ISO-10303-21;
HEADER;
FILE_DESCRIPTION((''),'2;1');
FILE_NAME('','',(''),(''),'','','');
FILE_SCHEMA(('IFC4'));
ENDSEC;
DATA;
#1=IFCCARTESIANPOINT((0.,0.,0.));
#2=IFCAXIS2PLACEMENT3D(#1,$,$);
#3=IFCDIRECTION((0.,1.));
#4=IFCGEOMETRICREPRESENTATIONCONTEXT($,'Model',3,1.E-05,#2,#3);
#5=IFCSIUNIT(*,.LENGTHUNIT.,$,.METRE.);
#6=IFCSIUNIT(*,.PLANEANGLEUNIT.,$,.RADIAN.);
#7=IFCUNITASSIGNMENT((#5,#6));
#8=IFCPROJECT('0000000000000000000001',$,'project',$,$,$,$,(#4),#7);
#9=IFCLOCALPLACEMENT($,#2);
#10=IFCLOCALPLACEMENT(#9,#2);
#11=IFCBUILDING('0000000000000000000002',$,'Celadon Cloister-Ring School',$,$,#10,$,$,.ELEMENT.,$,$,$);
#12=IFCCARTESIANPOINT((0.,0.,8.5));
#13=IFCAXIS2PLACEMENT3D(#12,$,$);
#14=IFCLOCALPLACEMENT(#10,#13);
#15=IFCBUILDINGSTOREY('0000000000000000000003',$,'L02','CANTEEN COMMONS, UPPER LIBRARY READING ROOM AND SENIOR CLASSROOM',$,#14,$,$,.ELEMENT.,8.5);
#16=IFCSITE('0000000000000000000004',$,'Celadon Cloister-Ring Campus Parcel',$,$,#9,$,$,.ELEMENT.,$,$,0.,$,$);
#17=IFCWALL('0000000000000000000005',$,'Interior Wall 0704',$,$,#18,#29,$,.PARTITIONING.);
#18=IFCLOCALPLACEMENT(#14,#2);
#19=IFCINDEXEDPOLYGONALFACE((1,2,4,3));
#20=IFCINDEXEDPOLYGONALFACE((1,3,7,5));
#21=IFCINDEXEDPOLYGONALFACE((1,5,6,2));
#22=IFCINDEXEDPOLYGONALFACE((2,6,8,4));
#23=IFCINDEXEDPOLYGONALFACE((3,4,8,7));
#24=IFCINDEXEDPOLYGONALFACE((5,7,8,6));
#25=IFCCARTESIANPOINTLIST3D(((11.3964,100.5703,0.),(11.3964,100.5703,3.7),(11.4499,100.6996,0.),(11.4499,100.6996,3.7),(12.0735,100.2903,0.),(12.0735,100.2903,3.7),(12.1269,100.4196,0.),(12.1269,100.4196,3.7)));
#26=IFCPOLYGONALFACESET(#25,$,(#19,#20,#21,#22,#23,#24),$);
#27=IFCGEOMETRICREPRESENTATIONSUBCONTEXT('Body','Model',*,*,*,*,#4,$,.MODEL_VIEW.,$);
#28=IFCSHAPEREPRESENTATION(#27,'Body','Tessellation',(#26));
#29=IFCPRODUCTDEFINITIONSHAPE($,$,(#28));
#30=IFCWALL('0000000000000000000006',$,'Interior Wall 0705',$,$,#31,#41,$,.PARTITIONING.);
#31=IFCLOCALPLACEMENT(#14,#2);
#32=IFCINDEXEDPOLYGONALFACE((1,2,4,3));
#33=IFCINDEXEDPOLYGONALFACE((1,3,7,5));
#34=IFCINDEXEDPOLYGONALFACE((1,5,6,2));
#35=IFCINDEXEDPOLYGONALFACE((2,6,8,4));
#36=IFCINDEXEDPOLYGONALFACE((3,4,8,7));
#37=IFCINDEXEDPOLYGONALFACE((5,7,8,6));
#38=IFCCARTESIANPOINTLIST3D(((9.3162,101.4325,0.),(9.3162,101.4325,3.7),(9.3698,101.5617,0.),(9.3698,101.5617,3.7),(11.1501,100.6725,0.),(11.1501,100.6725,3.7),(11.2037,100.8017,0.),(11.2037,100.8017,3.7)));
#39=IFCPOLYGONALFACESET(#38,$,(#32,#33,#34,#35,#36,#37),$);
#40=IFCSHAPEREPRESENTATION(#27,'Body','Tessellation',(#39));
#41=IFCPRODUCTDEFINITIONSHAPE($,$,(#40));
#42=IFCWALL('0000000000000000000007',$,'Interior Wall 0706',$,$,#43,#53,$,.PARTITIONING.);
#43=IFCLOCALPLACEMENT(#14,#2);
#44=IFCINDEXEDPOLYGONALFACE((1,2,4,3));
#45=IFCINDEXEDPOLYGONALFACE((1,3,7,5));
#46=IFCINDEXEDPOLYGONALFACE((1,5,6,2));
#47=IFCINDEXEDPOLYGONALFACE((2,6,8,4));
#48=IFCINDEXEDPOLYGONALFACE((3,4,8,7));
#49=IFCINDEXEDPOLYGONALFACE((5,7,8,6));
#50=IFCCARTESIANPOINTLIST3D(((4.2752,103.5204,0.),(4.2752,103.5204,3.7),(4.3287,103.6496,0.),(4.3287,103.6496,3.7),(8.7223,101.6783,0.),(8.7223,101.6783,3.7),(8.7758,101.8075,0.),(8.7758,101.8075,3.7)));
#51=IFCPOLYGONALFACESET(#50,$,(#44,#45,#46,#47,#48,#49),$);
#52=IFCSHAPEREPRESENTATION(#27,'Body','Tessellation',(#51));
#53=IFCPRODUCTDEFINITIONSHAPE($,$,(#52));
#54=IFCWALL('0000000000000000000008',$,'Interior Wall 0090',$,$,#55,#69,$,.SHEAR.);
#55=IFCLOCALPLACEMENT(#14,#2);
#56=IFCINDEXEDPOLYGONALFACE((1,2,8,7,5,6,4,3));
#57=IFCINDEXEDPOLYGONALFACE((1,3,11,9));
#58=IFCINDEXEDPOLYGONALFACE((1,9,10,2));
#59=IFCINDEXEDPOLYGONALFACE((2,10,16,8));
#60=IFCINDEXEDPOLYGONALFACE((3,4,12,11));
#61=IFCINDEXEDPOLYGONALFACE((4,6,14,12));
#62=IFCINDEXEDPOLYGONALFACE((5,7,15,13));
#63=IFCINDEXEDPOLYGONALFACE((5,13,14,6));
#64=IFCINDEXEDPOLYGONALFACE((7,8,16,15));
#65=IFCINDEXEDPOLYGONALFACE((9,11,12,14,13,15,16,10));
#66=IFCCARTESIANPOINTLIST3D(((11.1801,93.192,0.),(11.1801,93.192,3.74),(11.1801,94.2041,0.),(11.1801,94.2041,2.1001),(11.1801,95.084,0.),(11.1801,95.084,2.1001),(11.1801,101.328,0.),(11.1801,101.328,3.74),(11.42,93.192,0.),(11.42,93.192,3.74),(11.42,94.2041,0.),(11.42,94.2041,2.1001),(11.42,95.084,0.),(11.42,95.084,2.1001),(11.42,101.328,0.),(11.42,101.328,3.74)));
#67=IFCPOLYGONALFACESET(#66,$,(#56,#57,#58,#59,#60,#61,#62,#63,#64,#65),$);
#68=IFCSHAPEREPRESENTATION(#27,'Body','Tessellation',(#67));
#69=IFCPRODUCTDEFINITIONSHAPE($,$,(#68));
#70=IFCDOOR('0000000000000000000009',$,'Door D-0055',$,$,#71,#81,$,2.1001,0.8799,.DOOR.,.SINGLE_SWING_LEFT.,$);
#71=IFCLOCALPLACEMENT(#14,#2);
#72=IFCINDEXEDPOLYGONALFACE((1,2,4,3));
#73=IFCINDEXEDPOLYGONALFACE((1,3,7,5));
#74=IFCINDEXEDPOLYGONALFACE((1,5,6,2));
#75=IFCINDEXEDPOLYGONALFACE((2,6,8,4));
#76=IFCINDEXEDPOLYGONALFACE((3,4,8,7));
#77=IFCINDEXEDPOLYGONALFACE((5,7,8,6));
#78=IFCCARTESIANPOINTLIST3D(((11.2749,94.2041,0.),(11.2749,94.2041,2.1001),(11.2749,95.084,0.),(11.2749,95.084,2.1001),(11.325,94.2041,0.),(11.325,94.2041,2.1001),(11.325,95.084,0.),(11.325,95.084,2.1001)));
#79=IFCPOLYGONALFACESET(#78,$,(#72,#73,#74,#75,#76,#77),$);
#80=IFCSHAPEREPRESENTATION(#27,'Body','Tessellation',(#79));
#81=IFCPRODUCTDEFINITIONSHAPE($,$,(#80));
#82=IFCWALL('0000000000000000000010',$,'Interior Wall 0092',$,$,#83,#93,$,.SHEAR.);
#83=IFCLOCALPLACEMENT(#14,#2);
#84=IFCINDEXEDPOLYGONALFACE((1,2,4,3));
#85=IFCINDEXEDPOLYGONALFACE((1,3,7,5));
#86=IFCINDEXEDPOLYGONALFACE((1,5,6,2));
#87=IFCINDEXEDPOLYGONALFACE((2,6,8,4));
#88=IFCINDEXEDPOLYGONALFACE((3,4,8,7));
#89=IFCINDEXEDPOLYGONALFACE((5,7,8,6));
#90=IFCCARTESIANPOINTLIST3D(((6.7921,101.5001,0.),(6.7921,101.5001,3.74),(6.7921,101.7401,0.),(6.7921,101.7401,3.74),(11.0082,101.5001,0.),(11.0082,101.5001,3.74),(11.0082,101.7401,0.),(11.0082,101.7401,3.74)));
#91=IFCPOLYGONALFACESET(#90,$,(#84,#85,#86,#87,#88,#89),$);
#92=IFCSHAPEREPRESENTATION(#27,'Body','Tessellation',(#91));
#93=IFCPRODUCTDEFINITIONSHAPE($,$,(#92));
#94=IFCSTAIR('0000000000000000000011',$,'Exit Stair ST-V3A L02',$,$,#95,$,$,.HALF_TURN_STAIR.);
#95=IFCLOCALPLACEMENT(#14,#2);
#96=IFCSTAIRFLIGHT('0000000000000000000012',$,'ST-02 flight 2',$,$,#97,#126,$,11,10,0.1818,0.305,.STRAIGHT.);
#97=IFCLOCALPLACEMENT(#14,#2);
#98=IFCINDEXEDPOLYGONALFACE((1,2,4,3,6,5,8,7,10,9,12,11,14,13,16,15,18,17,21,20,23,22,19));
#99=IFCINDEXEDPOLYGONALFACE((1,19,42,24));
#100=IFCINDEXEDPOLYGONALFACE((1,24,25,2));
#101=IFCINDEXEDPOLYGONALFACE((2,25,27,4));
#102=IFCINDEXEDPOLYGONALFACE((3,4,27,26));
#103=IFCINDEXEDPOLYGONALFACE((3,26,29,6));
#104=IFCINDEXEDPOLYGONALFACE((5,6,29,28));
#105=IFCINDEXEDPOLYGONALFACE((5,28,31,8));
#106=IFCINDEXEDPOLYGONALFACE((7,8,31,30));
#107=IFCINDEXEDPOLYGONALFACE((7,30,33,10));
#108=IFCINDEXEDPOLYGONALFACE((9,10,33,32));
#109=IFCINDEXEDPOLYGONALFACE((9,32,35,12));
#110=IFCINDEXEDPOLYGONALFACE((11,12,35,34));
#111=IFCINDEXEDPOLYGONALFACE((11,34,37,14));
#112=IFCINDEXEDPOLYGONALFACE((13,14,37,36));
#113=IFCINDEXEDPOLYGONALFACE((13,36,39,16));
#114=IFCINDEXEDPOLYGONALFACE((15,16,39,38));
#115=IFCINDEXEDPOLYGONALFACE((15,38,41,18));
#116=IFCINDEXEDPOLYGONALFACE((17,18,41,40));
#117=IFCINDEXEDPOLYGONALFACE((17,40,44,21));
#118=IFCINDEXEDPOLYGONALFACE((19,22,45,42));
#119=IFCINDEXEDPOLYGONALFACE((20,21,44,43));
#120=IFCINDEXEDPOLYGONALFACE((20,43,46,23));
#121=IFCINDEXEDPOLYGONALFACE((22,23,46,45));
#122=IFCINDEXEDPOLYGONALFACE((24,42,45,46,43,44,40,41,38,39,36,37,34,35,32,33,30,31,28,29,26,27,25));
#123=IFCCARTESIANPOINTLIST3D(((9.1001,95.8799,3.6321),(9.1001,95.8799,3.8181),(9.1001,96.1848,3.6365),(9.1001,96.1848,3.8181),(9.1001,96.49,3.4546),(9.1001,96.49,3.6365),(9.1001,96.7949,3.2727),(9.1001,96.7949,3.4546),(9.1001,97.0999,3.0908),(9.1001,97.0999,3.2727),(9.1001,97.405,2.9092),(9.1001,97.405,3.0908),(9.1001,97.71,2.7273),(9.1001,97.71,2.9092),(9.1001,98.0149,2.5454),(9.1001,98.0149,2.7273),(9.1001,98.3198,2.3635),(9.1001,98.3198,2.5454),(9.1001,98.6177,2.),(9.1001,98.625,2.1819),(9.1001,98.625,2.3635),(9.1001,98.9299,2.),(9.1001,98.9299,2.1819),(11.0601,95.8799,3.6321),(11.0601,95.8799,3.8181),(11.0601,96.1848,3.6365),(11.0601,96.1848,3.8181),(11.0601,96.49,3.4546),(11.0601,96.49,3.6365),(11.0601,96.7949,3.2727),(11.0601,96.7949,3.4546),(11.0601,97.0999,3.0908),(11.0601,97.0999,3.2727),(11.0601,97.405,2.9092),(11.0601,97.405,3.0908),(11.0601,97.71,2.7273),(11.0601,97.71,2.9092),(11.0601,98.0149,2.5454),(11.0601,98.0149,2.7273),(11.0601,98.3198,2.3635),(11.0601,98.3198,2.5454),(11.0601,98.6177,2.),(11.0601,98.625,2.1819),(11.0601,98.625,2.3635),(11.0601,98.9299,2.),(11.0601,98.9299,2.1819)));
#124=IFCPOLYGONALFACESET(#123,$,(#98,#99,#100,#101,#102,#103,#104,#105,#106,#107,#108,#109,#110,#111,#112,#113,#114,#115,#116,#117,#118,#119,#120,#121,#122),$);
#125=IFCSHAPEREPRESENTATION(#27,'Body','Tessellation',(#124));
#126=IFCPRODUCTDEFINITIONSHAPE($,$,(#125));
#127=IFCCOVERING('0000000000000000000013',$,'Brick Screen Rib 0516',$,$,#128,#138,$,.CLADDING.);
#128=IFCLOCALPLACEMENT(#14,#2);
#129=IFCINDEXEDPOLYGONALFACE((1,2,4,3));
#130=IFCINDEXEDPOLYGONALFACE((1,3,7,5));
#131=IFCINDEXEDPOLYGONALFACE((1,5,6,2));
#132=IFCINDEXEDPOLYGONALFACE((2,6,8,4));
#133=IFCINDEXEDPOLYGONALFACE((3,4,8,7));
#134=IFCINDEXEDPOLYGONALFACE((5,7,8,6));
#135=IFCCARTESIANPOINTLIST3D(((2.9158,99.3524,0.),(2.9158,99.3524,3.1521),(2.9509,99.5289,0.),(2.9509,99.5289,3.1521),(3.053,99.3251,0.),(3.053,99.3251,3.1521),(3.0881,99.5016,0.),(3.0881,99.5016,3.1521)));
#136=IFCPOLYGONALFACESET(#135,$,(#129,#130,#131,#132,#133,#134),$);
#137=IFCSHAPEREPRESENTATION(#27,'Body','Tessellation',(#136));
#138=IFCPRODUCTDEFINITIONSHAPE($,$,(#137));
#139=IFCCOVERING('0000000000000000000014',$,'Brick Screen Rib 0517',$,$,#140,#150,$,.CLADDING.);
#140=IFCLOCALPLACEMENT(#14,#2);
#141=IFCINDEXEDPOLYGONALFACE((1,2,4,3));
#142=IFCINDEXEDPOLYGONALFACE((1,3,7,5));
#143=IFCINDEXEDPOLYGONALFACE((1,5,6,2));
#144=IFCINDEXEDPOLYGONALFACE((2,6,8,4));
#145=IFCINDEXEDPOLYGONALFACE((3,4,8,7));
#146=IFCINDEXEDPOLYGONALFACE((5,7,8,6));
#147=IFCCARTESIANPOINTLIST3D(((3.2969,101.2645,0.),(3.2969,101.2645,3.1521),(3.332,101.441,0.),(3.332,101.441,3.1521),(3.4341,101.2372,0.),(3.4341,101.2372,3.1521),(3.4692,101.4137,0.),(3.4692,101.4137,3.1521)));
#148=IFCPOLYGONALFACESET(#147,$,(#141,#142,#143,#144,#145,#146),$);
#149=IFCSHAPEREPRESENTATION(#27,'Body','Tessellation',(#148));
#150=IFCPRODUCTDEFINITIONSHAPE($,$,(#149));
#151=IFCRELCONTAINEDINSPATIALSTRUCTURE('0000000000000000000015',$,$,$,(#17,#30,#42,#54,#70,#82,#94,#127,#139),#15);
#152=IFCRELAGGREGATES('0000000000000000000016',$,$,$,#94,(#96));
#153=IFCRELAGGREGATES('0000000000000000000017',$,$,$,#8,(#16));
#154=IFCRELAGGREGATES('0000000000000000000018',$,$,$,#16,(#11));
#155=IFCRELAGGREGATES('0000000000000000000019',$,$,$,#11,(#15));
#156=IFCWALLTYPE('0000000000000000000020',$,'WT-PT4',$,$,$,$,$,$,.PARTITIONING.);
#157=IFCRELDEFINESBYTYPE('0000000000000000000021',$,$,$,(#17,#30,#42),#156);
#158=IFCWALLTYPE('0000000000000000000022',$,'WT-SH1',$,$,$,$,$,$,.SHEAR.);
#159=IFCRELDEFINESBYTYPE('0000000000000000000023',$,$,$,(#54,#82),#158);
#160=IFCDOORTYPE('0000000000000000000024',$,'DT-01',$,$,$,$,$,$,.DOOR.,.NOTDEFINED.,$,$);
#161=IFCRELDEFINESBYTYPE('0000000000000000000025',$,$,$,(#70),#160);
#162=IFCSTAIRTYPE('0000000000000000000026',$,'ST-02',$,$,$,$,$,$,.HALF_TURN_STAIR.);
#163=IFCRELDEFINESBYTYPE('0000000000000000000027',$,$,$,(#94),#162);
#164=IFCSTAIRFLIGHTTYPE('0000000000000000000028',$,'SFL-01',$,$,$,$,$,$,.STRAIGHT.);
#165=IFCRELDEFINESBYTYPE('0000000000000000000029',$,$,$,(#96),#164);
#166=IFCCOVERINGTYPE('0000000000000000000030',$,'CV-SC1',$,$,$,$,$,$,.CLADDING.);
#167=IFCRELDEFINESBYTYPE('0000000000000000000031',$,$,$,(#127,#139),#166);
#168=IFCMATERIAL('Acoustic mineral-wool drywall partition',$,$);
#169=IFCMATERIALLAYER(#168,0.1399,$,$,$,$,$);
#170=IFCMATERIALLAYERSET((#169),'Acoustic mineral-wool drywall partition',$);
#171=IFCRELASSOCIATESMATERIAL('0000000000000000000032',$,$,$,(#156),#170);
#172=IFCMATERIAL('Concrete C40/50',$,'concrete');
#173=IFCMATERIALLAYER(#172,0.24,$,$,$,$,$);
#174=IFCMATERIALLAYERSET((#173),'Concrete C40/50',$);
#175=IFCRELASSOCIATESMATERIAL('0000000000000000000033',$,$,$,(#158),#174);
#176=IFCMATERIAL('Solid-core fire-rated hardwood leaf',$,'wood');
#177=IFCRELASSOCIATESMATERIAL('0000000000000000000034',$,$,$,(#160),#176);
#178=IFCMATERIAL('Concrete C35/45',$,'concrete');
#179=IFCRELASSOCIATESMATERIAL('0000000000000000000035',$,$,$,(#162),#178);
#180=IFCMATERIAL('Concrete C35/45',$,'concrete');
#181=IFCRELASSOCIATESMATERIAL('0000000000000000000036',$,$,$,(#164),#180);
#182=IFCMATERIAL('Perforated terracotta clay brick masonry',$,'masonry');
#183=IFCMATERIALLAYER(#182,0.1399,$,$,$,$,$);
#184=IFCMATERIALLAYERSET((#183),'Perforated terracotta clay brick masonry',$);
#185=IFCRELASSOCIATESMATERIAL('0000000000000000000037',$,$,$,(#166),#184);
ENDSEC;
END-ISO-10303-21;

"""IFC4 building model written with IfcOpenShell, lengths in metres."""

from ifc_helpers import new_model, si_unit, direction, frame, frame_2d, origin, origin_2d, place, context, subcontext, project, spatial, polyline, rectangle, outline, extrude, material, layer, layer_set, type_object, element, fill, aggregate, save


model = new_model("IFC4")

# Units and contexts
model_context = context("Model", 3, precision=1e-05, world=origin(), true_north=direction((0.0, 1.0)))
body_context = subcontext(model_context, "Body", "Model", "MODEL_VIEW")
ifc_project = project(units=[si_unit("LENGTHUNIT", "METRE"), si_unit("PLANEANGLEUNIT", "RADIAN")], contexts=[model_context])

# Site, building, storey
site_placement = place(None, origin())
site = spatial("IfcSite", under=ifc_project, at=site_placement, Name="Celadon Cloister-Ring Campus Parcel", CompositionType="ELEMENT", RefElevation=0.0)
building_placement = place(site_placement, origin())
building = spatial("IfcBuilding", under=site, at=building_placement, Name="Celadon Cloister-Ring School", CompositionType="ELEMENT")
storey_placement = place(building_placement, frame((0.0, 0.0, 8.5)))
storey = spatial("IfcBuildingStorey", under=building, at=storey_placement, Name="L02", Description="CANTEEN COMMONS, UPPER LIBRARY READING ROOM AND SENIOR CLASSROOM", CompositionType="ELEMENT", Elevation=8.5)

# Walls
ifc_material_1 = material(Name="Acoustic mineral-wool drywall partition")
ifc_layer_1 = layer(ifc_material_1, 0.1399)
ifc_layer_set_1 = layer_set([ifc_layer_1], Name="Acoustic mineral-wool drywall partition")
wall_type_1 = type_object("IfcWallType", Name="WT-PT4", PredefinedType="PARTITIONING", material=ifc_layer_set_1)
wall_1_placement = place(storey_placement, frame((12.1001, 100.355, 0.0), z_axis=(0.0, 0.0, 1.0), x_axis=(-0.92407, 0.382224, 0.0)))
element("IfcWall", 1, at=wall_1_placement, inside=storey, type_object=wall_type_1, Name="Interior Wall 0704", PredefinedType="PARTITIONING", context=body_context, shape_type="SweptSolid", body=[
    extrude(rectangle(XDim=0.7327, YDim=0.1399, at=frame_2d((0.3662, 0.0))), origin(), (0.0, 0.0, 1.0), 3.7),
])
wall_2_placement = place(storey_placement, frame((11.177, 100.7371, 0.0), z_axis=(0.0, 0.0, 1.0), x_axis=(-0.923817, 0.382833, 0.0)))
element("IfcWall", 2, at=wall_2_placement, inside=storey, type_object=wall_type_1, Name="Interior Wall 0705", PredefinedType="PARTITIONING", context=body_context, shape_type="SweptSolid", body=[
    extrude(rectangle(XDim=1.9851, YDim=0.1399, at=frame_2d((0.9927, 0.0))), origin(), (0.0, 0.0, 1.0), 3.7),
])
wall_3_placement = place(storey_placement, frame((8.749, 101.7429, 0.0), z_axis=(0.0, 0.0, 1.0), x_axis=(-0.923878, 0.382688, 0.0)))
element("IfcWall", 3, at=wall_3_placement, inside=storey, type_object=wall_type_1, Name="Interior Wall 0706", PredefinedType="PARTITIONING", context=body_context, shape_type="SweptSolid", body=[
    extrude(rectangle(XDim=4.8135, YDim=0.1399, at=frame_2d((2.4067, 0.0))), origin(), (0.0, 0.0, 1.0), 3.7),
])

# Wall, opening, door
ifc_material_2 = material(Name="Concrete C40/50", Category="concrete")
ifc_layer_2 = layer(ifc_material_2, 0.24)
ifc_layer_set_2 = layer_set([ifc_layer_2], Name="Concrete C40/50")
wall_type_2 = type_object("IfcWallType", Name="WT-SH1", PredefinedType="SHEAR", material=ifc_layer_set_2)
wall_4_placement = place(storey_placement, frame((11.3, 101.3279, 0.0), z_axis=(0.0, 0.0, 1.0), x_axis=(0.0, -1.0, 0.0)))
wall_4 = element("IfcWall", 4, at=wall_4_placement, inside=storey, type_object=wall_type_2, Name="Interior Wall 0090", PredefinedType="SHEAR", context=body_context, shape_type="SweptSolid", body=[
    extrude(rectangle(XDim=8.136, YDim=0.24, at=frame_2d((4.0679, 0.0))), origin(), (0.0, 0.0, 1.0), 3.74),
])
opening_1_placement = place(wall_4_placement, frame((6.2439, 0.0, 0.0)))
opening_1 = element("IfcOpeningElement", 5, at=opening_1_placement, cuts=wall_4, PredefinedType="OPENING", context=body_context, shape_type="SweptSolid", body=[
    extrude(rectangle(XDim=0.8799, YDim=2.1001, at=frame_2d((0.4399, 1.05))), frame((0.0, 0.1299, 0.0), z_axis=(0.0, -1.0, 0.0), x_axis=(1.0, 0.0, 0.0)), (0.0, 0.0, 1.0), 0.26),
])
ifc_material_3 = material(Name="Solid-core fire-rated hardwood leaf", Category="wood")
door_type_1 = type_object("IfcDoorType", Name="DT-01", OperationType="NOTDEFINED", PredefinedType="DOOR", material=ifc_material_3)
door_1_placement = place(opening_1_placement, origin())
door_1 = element("IfcDoor", 6, at=door_1_placement, inside=storey, type_object=door_type_1, Name="Door D-0055", OperationType="SINGLE_SWING_LEFT", OverallHeight=2.1001, OverallWidth=0.8799, PredefinedType="DOOR", context=body_context, shape_type="SweptSolid", body=[
    extrude(rectangle(XDim=0.8799, YDim=2.1001, at=frame_2d((0.4399, 1.05))), frame((0.0, 0.0249, 0.0), z_axis=(0.0, -1.0, 0.0), x_axis=(1.0, 0.0, 0.0)), (0.0, 0.0, 1.0), 0.05),
])
fill(opening_1, door_1)

# Wall
wall_5_placement = place(storey_placement, frame((11.0081, 101.6201, 0.0), z_axis=(0.0, 0.0, 1.0), x_axis=(-1.0, 0.0, 0.0)))
element("IfcWall", 7, at=wall_5_placement, inside=storey, type_object=wall_type_2, Name="Interior Wall 0092", PredefinedType="SHEAR", context=body_context, shape_type="SweptSolid", body=[
    extrude(rectangle(XDim=4.2161, YDim=0.24, at=frame_2d((2.1079, 0.0))), origin(), (0.0, 0.0, 1.0), 3.74),
])

# Stair, stair flight
ifc_material_4 = material(Name="Concrete C35/45", Category="concrete")
stair_type = type_object("IfcStairType", Name="ST-02", PredefinedType="HALF_TURN_STAIR", material=ifc_material_4)
stair_placement = place(storey_placement, origin())
stair = element("IfcStair", 8, at=stair_placement, inside=storey, type_object=stair_type, Name="Exit Stair ST-V3A L02", PredefinedType="HALF_TURN_STAIR")
ifc_material_5 = material(Name="Concrete C35/45", Category="concrete")
stair_flight_type = type_object("IfcStairFlightType", Name="SFL-01", PredefinedType="STRAIGHT", material=ifc_material_5)
stair_flight_placement = place(storey_placement, frame((10.0801, 98.9299, 2.0), z_axis=(0.0, 0.0, 1.0), x_axis=(0.0, -1.0, 0.0)))
stair_flight = element("IfcStairFlight", 9, at=stair_flight_placement, type_object=stair_flight_type, Name="ST-02 flight 2", NumberOfRisers=11, NumberOfTreads=10, PredefinedType="STRAIGHT", RiserHeight=0.1818, TreadLength=0.305, context=body_context, shape_type="SweptSolid", body=[
    extrude(outline(polyline([(0.0, 0.0), (0.0, 0.1819), (0.3049, 0.1819), (0.3049, 0.3635), (0.6101, 0.3635), (0.6101, 0.5454), (0.915, 0.5454), (0.915, 0.7273), (1.22, 0.7273), (1.22, 0.9092), (1.5249, 0.9092), (1.5249, 1.0908), (1.8301, 1.0908), (1.8301, 1.2727), (2.135, 1.2727), (2.135, 1.4546), (2.4399, 1.4546), (2.4399, 1.6365), (2.7451, 1.6365), (2.7451, 1.8181), (3.05, 1.8181), (3.05, 2.0), (3.05, 1.6321), (0.3123, 0.0), (0.0, 0.0)])), frame((0.0, 0.98, 0.0), z_axis=(0.0, -1.0, 0.0), x_axis=(1.0, 0.0, 0.0)), (0.0, 0.0, 1.0), 1.96),
])
aggregate(stair, [stair_flight])

# Coverings
ifc_material_6 = material(Name="Perforated terracotta clay brick masonry", Category="masonry")
ifc_layer_3 = layer(ifc_material_6, 0.1399)
ifc_layer_set_3 = layer_set([ifc_layer_3], Name="Perforated terracotta clay brick masonry")
covering_type = type_object("IfcCoveringType", Name="CV-SC1", PredefinedType="CLADDING", material=ifc_layer_set_3)
for number, where, z_axis, x_axis, name in (
    (10, (3.002, 99.427, 0.0), (0.0, 0.0, 1.0), (0.195142, 0.980775, 0.0), "Brick Screen Rib 0516"),
    (11, (3.3831, 101.3391, 0.0), (0.0, 0.0, 1.0), (0.195142, 0.980775, 0.0), "Brick Screen Rib 0517"),
):
    element("IfcCovering", number, at=place(storey_placement, frame(where, z_axis=z_axis, x_axis=x_axis)), inside=storey, type_object=covering_type, Name=name, PredefinedType="CLADDING", context=body_context, shape_type="SweptSolid", body=[
        extrude(rectangle(XDim=0.1799, YDim=0.1399, at=origin_2d()), origin(), (0.0, 0.0, 1.0), 3.1521),
    ])

save(model, "model.ifc")
